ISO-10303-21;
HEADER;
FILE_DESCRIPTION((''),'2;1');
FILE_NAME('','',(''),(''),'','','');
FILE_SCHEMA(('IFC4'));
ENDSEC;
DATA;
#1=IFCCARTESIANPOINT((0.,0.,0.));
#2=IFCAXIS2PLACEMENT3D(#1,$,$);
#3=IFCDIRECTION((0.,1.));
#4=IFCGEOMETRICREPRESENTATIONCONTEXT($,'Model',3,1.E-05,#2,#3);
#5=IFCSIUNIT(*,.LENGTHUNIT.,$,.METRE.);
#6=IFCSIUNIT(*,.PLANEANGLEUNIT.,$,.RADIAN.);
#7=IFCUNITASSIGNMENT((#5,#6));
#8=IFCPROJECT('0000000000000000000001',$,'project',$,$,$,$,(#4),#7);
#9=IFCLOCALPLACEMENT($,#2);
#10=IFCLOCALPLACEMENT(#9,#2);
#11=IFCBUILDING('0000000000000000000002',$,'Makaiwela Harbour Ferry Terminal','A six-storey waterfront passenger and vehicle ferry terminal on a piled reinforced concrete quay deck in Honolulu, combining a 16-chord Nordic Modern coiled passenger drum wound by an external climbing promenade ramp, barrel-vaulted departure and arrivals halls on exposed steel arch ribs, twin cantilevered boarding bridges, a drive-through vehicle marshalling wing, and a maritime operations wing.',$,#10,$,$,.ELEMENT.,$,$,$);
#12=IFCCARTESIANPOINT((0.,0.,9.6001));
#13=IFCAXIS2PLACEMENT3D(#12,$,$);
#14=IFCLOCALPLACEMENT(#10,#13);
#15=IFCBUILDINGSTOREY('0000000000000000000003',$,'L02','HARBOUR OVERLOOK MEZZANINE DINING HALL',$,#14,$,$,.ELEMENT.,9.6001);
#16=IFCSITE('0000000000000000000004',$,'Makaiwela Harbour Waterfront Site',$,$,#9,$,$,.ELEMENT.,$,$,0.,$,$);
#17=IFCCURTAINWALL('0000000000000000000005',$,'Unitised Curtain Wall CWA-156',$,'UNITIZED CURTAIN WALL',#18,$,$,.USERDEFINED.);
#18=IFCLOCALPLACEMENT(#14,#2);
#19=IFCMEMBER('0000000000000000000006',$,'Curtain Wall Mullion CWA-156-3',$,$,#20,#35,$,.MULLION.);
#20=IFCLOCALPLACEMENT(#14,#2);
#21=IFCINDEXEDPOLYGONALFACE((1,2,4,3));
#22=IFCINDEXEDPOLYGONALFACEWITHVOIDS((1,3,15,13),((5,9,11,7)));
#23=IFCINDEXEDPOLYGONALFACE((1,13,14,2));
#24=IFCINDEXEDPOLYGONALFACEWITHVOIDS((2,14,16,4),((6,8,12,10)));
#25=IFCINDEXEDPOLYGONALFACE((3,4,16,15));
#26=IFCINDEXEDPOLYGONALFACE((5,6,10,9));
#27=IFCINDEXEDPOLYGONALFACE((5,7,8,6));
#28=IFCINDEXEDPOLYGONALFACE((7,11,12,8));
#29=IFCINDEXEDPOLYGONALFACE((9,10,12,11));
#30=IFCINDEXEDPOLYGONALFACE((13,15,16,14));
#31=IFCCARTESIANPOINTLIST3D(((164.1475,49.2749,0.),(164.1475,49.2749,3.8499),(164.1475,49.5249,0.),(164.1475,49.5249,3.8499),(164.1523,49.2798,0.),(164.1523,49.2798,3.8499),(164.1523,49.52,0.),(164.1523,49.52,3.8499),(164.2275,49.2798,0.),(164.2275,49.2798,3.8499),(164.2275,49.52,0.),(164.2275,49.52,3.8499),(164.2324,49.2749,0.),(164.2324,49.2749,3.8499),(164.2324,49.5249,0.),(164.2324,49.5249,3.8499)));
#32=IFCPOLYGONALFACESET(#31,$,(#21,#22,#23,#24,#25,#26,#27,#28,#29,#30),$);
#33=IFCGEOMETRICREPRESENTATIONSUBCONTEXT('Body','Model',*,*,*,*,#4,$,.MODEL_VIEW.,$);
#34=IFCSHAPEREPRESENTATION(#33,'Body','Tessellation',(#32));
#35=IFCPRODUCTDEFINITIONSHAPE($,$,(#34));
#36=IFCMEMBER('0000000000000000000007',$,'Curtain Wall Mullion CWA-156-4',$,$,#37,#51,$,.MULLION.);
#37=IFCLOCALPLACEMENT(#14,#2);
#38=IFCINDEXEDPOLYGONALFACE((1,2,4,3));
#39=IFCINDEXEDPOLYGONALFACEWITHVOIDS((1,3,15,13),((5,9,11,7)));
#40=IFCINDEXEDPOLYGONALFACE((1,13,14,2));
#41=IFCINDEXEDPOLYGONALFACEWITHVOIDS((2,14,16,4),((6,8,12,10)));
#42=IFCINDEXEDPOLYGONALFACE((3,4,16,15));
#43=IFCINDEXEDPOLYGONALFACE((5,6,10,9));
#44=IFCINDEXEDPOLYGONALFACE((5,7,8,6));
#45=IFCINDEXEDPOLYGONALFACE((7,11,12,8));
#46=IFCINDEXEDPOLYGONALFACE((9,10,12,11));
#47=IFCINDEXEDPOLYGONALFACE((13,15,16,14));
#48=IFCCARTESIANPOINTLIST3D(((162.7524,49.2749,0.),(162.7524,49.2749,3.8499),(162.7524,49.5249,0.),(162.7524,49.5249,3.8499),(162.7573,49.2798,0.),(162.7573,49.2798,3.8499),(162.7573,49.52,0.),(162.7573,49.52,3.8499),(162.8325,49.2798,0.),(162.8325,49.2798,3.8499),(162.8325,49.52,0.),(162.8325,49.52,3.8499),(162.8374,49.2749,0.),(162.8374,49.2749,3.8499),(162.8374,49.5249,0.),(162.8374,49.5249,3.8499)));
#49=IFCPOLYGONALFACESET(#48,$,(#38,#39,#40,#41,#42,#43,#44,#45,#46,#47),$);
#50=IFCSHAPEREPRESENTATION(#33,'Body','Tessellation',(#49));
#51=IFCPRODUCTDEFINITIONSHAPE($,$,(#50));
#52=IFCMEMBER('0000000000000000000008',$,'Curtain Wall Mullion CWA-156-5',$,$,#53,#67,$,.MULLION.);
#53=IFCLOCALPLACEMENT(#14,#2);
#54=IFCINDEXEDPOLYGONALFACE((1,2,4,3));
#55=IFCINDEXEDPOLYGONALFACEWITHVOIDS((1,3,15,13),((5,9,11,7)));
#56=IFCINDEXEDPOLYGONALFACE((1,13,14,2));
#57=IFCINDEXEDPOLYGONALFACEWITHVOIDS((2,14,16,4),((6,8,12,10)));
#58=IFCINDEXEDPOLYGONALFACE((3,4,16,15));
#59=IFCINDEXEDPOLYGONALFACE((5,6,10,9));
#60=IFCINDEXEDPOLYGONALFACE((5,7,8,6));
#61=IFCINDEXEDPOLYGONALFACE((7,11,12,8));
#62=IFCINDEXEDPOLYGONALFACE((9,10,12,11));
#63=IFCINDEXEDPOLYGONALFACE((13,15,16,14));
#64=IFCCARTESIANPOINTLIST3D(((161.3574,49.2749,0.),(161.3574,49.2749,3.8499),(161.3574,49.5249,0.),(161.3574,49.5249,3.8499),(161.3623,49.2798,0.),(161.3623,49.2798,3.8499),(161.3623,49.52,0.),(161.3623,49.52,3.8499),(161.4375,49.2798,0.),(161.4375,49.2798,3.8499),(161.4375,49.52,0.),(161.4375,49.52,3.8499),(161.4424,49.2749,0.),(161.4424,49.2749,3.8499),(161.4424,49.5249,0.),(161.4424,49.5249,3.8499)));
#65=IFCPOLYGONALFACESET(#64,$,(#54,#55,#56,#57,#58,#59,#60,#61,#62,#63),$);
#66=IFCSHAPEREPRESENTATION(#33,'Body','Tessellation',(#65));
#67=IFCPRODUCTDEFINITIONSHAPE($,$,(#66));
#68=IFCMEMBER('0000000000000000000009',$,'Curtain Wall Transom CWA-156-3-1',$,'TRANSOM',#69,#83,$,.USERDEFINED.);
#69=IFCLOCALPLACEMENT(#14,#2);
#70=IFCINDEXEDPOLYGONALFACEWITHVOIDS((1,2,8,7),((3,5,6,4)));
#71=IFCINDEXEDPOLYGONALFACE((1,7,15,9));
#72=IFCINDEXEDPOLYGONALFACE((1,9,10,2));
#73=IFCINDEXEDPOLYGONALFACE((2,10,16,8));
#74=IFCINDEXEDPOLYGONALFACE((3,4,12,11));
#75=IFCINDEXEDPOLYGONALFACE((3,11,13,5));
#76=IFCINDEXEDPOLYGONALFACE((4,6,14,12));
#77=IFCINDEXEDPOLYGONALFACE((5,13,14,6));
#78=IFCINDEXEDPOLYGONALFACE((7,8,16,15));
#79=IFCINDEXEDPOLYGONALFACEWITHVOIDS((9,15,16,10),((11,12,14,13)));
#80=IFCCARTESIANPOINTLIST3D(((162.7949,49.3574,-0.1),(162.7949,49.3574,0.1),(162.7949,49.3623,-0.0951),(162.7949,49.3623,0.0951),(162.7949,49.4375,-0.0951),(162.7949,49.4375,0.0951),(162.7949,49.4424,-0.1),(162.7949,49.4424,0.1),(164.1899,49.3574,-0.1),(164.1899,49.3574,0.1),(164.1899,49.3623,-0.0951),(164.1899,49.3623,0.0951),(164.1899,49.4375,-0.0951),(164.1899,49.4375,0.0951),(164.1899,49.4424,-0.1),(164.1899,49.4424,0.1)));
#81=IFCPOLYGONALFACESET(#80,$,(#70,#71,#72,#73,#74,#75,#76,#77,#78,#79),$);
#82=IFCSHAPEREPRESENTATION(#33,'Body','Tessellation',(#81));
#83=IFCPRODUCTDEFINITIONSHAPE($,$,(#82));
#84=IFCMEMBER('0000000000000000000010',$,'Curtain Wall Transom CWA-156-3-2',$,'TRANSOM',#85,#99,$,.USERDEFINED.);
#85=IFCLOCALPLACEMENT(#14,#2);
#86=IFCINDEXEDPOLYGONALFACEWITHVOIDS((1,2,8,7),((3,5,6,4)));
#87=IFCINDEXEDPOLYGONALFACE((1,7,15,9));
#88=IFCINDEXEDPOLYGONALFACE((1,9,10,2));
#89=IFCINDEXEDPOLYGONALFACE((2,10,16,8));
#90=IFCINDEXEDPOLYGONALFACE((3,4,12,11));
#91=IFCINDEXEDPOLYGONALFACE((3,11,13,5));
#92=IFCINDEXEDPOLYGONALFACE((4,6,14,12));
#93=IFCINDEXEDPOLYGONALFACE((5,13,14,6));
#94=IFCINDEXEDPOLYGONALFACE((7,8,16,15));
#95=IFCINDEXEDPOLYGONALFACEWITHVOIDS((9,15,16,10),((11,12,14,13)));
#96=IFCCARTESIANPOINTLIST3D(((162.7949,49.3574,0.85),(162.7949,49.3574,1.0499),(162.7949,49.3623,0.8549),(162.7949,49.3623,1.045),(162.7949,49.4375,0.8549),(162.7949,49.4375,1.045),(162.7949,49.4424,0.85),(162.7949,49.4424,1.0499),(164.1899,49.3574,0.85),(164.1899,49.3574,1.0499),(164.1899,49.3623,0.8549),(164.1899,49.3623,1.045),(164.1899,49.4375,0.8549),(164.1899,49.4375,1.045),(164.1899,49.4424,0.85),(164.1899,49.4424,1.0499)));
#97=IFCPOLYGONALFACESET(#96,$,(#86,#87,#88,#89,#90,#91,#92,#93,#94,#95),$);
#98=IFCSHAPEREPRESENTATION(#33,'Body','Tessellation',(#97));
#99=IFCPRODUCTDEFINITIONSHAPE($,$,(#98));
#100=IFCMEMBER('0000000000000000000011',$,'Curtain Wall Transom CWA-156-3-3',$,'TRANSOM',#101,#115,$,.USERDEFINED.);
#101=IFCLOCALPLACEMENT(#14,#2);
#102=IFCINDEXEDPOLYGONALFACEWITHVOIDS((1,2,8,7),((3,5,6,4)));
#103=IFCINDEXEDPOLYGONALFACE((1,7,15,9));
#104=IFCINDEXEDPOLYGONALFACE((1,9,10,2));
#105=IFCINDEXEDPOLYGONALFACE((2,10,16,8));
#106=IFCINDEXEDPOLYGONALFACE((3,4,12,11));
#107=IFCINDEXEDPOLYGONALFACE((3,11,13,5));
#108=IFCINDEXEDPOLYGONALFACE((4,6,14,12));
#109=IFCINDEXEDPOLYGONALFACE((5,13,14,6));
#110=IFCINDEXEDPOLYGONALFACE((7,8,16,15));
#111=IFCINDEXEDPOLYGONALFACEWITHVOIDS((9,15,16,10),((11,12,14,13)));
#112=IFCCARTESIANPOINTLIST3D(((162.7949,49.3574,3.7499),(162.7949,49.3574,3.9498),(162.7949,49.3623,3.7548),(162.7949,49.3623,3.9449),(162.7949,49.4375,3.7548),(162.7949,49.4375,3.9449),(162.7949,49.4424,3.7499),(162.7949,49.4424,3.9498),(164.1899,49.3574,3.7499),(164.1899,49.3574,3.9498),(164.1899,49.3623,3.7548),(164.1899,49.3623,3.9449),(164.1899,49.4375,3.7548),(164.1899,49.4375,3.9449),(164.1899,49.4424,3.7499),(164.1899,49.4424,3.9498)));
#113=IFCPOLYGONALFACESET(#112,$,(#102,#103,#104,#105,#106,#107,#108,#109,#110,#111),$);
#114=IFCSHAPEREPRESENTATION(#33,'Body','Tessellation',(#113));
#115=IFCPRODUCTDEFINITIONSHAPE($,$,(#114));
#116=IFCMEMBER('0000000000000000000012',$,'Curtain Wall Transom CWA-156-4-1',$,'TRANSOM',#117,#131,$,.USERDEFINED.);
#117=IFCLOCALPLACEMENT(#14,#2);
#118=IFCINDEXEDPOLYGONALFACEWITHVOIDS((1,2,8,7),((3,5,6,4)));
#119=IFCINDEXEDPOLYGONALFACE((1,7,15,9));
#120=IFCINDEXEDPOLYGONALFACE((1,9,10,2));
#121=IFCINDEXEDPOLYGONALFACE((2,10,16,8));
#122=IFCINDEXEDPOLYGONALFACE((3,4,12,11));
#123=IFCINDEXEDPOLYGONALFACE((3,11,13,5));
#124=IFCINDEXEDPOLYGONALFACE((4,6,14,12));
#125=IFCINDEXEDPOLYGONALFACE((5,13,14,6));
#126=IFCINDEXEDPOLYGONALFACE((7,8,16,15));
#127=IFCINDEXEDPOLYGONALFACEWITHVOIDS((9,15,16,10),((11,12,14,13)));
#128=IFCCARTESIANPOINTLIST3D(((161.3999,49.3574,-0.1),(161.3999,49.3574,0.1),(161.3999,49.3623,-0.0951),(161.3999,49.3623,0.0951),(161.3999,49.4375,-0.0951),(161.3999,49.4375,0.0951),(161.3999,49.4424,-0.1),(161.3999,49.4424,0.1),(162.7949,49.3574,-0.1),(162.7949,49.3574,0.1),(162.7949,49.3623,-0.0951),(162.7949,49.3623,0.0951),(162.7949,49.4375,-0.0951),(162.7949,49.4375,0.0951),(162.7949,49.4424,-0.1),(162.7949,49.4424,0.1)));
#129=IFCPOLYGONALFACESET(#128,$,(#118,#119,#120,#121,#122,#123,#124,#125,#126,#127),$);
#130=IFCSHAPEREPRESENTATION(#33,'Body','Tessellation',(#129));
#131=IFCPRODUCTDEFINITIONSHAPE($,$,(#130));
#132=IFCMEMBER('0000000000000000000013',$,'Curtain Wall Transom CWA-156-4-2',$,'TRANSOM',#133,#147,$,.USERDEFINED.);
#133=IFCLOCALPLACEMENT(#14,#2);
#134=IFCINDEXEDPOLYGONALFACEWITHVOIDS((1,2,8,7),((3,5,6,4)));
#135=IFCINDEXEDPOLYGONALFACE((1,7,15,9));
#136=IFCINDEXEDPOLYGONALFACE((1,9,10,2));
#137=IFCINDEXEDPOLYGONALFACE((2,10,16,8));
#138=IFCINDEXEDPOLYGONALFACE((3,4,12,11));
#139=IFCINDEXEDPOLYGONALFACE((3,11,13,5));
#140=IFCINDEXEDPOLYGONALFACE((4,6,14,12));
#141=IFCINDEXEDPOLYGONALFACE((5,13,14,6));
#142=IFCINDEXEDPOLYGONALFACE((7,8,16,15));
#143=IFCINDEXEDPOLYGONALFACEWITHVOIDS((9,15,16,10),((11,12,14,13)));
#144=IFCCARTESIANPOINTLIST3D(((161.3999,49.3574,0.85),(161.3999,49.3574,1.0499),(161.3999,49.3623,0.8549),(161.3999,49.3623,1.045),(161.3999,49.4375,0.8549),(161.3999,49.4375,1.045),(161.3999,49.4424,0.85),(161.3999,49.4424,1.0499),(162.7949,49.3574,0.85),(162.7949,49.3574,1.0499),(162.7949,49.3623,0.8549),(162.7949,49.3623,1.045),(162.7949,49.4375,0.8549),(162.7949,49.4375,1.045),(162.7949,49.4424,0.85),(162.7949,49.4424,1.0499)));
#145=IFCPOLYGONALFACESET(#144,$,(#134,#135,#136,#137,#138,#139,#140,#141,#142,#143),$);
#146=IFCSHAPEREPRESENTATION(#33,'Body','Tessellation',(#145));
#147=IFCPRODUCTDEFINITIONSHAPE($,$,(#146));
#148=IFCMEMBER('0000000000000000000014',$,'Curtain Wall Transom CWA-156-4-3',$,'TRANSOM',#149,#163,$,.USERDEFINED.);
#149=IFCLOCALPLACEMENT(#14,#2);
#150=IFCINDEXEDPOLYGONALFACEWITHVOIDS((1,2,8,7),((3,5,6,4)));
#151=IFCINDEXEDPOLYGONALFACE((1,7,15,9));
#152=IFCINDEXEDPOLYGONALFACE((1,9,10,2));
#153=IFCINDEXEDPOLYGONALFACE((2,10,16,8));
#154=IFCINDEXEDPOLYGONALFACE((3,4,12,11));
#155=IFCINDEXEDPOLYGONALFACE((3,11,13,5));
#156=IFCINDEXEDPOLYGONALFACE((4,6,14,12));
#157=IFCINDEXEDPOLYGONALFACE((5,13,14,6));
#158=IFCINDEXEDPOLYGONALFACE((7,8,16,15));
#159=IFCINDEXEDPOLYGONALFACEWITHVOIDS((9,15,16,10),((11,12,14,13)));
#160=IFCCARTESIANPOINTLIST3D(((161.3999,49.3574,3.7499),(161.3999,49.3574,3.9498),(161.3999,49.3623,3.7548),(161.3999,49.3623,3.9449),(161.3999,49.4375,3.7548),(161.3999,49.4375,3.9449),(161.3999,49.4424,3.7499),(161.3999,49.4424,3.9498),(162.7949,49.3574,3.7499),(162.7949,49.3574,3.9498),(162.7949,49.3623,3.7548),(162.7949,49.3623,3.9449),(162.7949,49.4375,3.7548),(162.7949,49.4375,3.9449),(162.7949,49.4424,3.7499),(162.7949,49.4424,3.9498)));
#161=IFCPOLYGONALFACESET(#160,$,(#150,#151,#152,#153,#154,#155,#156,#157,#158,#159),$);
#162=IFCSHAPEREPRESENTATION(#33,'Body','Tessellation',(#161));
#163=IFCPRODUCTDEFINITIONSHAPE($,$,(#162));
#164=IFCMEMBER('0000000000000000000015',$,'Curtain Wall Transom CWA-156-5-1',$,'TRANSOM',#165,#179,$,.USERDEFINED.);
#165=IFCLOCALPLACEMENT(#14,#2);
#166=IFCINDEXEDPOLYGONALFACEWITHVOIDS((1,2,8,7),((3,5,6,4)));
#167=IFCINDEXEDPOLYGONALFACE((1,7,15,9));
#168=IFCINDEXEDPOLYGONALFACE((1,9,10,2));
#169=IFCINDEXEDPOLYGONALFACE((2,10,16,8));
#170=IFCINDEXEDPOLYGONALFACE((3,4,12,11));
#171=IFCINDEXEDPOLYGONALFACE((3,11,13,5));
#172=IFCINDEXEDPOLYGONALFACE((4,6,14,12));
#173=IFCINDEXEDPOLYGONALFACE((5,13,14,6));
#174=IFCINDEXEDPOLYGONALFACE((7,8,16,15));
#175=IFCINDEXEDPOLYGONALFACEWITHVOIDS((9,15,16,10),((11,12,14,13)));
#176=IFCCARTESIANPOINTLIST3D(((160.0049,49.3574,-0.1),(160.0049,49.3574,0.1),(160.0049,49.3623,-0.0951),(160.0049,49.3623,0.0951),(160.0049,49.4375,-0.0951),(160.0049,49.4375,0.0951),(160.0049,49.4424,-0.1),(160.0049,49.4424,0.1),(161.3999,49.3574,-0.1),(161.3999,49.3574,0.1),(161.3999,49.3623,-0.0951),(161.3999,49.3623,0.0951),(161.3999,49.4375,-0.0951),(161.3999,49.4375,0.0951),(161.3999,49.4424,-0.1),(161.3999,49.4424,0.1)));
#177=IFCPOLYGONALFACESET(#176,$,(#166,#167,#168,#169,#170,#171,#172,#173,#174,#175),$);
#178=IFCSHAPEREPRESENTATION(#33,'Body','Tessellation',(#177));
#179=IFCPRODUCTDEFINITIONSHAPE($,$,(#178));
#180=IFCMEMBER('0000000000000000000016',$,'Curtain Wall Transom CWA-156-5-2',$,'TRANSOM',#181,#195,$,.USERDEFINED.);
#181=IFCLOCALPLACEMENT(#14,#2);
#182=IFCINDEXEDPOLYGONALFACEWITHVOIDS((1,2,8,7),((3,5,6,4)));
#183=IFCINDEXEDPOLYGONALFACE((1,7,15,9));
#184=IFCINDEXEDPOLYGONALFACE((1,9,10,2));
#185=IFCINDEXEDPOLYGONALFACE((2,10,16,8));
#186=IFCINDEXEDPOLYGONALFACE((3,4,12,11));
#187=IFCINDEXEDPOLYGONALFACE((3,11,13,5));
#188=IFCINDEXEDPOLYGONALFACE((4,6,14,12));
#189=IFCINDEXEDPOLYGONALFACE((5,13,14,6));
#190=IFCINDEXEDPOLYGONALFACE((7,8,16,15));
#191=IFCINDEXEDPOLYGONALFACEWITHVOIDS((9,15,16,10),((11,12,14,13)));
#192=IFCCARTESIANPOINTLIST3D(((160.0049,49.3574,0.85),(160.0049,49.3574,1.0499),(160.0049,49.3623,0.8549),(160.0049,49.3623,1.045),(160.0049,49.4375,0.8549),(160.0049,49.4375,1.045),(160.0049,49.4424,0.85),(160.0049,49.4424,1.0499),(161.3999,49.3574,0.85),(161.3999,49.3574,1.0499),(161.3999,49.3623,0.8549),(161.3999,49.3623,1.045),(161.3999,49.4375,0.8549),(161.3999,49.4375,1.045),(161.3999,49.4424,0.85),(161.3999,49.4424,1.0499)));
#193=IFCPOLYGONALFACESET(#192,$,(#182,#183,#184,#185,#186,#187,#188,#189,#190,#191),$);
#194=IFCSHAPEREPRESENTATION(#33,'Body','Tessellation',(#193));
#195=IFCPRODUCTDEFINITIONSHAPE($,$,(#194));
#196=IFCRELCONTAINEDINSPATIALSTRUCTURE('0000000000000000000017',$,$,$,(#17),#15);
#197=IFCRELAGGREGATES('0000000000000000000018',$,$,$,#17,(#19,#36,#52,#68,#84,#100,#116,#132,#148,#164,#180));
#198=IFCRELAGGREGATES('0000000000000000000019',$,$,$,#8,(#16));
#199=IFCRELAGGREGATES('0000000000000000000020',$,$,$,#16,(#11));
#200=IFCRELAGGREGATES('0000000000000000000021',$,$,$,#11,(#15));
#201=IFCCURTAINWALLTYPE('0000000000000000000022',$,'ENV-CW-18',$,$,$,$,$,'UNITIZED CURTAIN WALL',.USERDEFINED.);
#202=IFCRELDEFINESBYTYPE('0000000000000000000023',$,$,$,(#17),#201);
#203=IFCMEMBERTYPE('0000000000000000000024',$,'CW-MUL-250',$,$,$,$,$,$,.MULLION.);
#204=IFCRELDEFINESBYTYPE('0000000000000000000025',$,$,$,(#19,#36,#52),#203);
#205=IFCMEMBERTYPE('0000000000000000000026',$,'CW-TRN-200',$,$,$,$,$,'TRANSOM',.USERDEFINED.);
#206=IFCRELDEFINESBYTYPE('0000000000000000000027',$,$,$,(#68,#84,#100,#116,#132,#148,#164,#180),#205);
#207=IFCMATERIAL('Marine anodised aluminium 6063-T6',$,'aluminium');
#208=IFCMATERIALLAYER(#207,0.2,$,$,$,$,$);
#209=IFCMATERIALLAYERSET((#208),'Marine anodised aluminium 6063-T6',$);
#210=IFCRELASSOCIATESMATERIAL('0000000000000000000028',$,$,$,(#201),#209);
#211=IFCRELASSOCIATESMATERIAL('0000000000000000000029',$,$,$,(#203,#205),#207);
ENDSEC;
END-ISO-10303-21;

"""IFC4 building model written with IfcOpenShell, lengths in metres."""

from ifc_helpers import new_model, si_unit, direction, frame, origin, origin_2d, place, context, subcontext, project, spatial, hollow_rectangle, extrude, material, layer, layer_set, material_profile, profile_set, type_object, element, aggregate, save


model = new_model("IFC4")

# Units and contexts
model_context = context("Model", 3, precision=1e-05, world=origin(), true_north=direction((0.0, 1.0)))
body_context = subcontext(model_context, "Body", "Model", "MODEL_VIEW")
ifc_project = project(units=[si_unit("LENGTHUNIT", "METRE"), si_unit("PLANEANGLEUNIT", "RADIAN")], contexts=[model_context])

# Site, building, storey
site_placement = place(None, origin())
site = spatial("IfcSite", under=ifc_project, at=site_placement, Name="Makaiwela Harbour Waterfront Site", CompositionType="ELEMENT", RefElevation=0.0)
building_placement = place(site_placement, origin())
building = spatial("IfcBuilding", under=site, at=building_placement, Name="Makaiwela Harbour Ferry Terminal", Description="A six-storey waterfront passenger and vehicle ferry terminal on a piled reinforced concrete quay deck in Honolulu, combining a 16-chord Nordic Modern coiled passenger drum wound by an external climbing promenade ramp, barrel-vaulted departure and arrivals halls on exposed steel arch ribs, twin cantilevered boarding bridges, a drive-through vehicle marshalling wing, and a maritime operations wing.", CompositionType="ELEMENT")
storey_placement = place(building_placement, frame((0.0, 0.0, 9.6001)))
storey = spatial("IfcBuildingStorey", under=building, at=storey_placement, Name="L02", Description="HARBOUR OVERLOOK MEZZANINE DINING HALL", CompositionType="ELEMENT", Elevation=9.6001)

# Curtain wall, members
ifc_material_1 = material(Name="Marine anodised aluminium 6063-T6", Category="aluminium")
ifc_layer_1 = layer(ifc_material_1, 0.2)
ifc_layer_set_1 = layer_set([ifc_layer_1], Name="Marine anodised aluminium 6063-T6")
curtain_wall_type = type_object("IfcCurtainWallType", Name="ENV-CW-18", ElementType="UNITIZED CURTAIN WALL", PredefinedType="USERDEFINED", material=ifc_layer_set_1)
curtain_wall_placement = place(storey_placement, origin())
curtain_wall = element("IfcCurtainWall", 1, at=curtain_wall_placement, inside=storey, type_object=curtain_wall_type, Name="Unitised Curtain Wall CWA-156", ObjectType="UNITIZED CURTAIN WALL", PredefinedType="USERDEFINED")
ifc_material_profile_1 = material_profile(ifc_material_1, hollow_rectangle(XDim=0.085, YDim=0.25, WallThickness=0.0049, at=origin_2d()), Name="CWM-250X85")
ifc_profile_set_1 = profile_set([ifc_material_profile_1], Name="Marine anodised aluminium 6063-T6")
member_type_1 = type_object("IfcMemberType", Name="CW-MUL-250", PredefinedType="MULLION", material=ifc_profile_set_1)
member_1_placement = place(storey_placement, frame((164.1899, 49.3999, 0.0), z_axis=(0.0, 0.0, 1.0), x_axis=(1.0, 0.0, 0.0)))
member_1 = element("IfcMember", 2, at=member_1_placement, type_object=member_type_1, Name="Curtain Wall Mullion CWA-156-3", PredefinedType="MULLION", context=body_context, shape_type="SweptSolid", body=[
    extrude(hollow_rectangle(XDim=0.085, YDim=0.25, WallThickness=0.0049, at=origin_2d()), origin(), (0.0, 0.0, 1.0), 3.8499),
])
member_2_placement = place(storey_placement, frame((162.7949, 49.3999, 0.0), z_axis=(0.0, 0.0, 1.0), x_axis=(1.0, 0.0, 0.0)))
member_2 = element("IfcMember", 3, at=member_2_placement, type_object=member_type_1, Name="Curtain Wall Mullion CWA-156-4", PredefinedType="MULLION", context=body_context, shape_type="SweptSolid", body=[
    extrude(hollow_rectangle(XDim=0.085, YDim=0.25, WallThickness=0.0049, at=origin_2d()), origin(), (0.0, 0.0, 1.0), 3.8499),
])
member_3_placement = place(storey_placement, frame((161.3999, 49.3999, 0.0), z_axis=(0.0, 0.0, 1.0), x_axis=(1.0, 0.0, 0.0)))
member_3 = element("IfcMember", 4, at=member_3_placement, type_object=member_type_1, Name="Curtain Wall Mullion CWA-156-5", PredefinedType="MULLION", context=body_context, shape_type="SweptSolid", body=[
    extrude(hollow_rectangle(XDim=0.085, YDim=0.25, WallThickness=0.0049, at=origin_2d()), origin(), (0.0, 0.0, 1.0), 3.8499),
])
ifc_material_profile_2 = material_profile(ifc_material_1, hollow_rectangle(XDim=0.085, YDim=0.2, WallThickness=0.0049, at=origin_2d()), Name="CWT-200X85")
ifc_profile_set_2 = profile_set([ifc_material_profile_2], Name="Marine anodised aluminium 6063-T6")
member_type_2 = type_object("IfcMemberType", Name="CW-TRN-200", ElementType="TRANSOM", PredefinedType="USERDEFINED", material=ifc_profile_set_2)
member_4_placement = place(storey_placement, frame((164.1899, 49.3999, 0.0), z_axis=(-1.0, 0.0, 0.0), x_axis=(0.0, -1.0, 0.0)))
member_4 = element("IfcMember", 5, at=member_4_placement, type_object=member_type_2, Name="Curtain Wall Transom CWA-156-3-1", ObjectType="TRANSOM", PredefinedType="USERDEFINED", context=body_context, shape_type="SweptSolid", body=[
    extrude(hollow_rectangle(XDim=0.085, YDim=0.2, WallThickness=0.0049, at=origin_2d()), origin(), (0.0, 0.0, 1.0), 1.395),
])
member_5_placement = place(storey_placement, frame((164.1899, 49.3999, 0.95), z_axis=(-1.0, 0.0, 0.0), x_axis=(0.0, -1.0, 0.0)))
member_5 = element("IfcMember", 6, at=member_5_placement, type_object=member_type_2, Name="Curtain Wall Transom CWA-156-3-2", ObjectType="TRANSOM", PredefinedType="USERDEFINED", context=body_context, shape_type="SweptSolid", body=[
    extrude(hollow_rectangle(XDim=0.085, YDim=0.2, WallThickness=0.0049, at=origin_2d()), origin(), (0.0, 0.0, 1.0), 1.395),
])
member_6_placement = place(storey_placement, frame((164.1899, 49.3999, 3.8499), z_axis=(-1.0, 0.0, 0.0), x_axis=(0.0, -1.0, 0.0)))
member_6 = element("IfcMember", 7, at=member_6_placement, type_object=member_type_2, Name="Curtain Wall Transom CWA-156-3-3", ObjectType="TRANSOM", PredefinedType="USERDEFINED", context=body_context, shape_type="SweptSolid", body=[
    extrude(hollow_rectangle(XDim=0.085, YDim=0.2, WallThickness=0.0049, at=origin_2d()), origin(), (0.0, 0.0, 1.0), 1.395),
])
member_7_placement = place(storey_placement, frame((162.7949, 49.3999, 0.0), z_axis=(-1.0, 0.0, 0.0), x_axis=(0.0, -1.0, 0.0)))
member_7 = element("IfcMember", 8, at=member_7_placement, type_object=member_type_2, Name="Curtain Wall Transom CWA-156-4-1", ObjectType="TRANSOM", PredefinedType="USERDEFINED", context=body_context, shape_type="SweptSolid", body=[
    extrude(hollow_rectangle(XDim=0.085, YDim=0.2, WallThickness=0.0049, at=origin_2d()), origin(), (0.0, 0.0, 1.0), 1.395),
])
member_8_placement = place(storey_placement, frame((162.7949, 49.3999, 0.95), z_axis=(-1.0, 0.0, 0.0), x_axis=(0.0, -1.0, 0.0)))
member_8 = element("IfcMember", 9, at=member_8_placement, type_object=member_type_2, Name="Curtain Wall Transom CWA-156-4-2", ObjectType="TRANSOM", PredefinedType="USERDEFINED", context=body_context, shape_type="SweptSolid", body=[
    extrude(hollow_rectangle(XDim=0.085, YDim=0.2, WallThickness=0.0049, at=origin_2d()), origin(), (0.0, 0.0, 1.0), 1.395),
])
member_9_placement = place(storey_placement, frame((162.7949, 49.3999, 3.8499), z_axis=(-1.0, 0.0, 0.0), x_axis=(0.0, -1.0, 0.0)))
member_9 = element("IfcMember", 10, at=member_9_placement, type_object=member_type_2, Name="Curtain Wall Transom CWA-156-4-3", ObjectType="TRANSOM", PredefinedType="USERDEFINED", context=body_context, shape_type="SweptSolid", body=[
    extrude(hollow_rectangle(XDim=0.085, YDim=0.2, WallThickness=0.0049, at=origin_2d()), origin(), (0.0, 0.0, 1.0), 1.395),
])
member_10_placement = place(storey_placement, frame((161.3999, 49.3999, 0.0), z_axis=(-1.0, 0.0, 0.0), x_axis=(0.0, -1.0, 0.0)))
member_10 = element("IfcMember", 11, at=member_10_placement, type_object=member_type_2, Name="Curtain Wall Transom CWA-156-5-1", ObjectType="TRANSOM", PredefinedType="USERDEFINED", context=body_context, shape_type="SweptSolid", body=[
    extrude(hollow_rectangle(XDim=0.085, YDim=0.2, WallThickness=0.0049, at=origin_2d()), origin(), (0.0, 0.0, 1.0), 1.395),
])
member_11_placement = place(storey_placement, frame((161.3999, 49.3999, 0.95), z_axis=(-1.0, 0.0, 0.0), x_axis=(0.0, -1.0, 0.0)))
member_11 = element("IfcMember", 12, at=member_11_placement, type_object=member_type_2, Name="Curtain Wall Transom CWA-156-5-2", ObjectType="TRANSOM", PredefinedType="USERDEFINED", context=body_context, shape_type="SweptSolid", body=[
    extrude(hollow_rectangle(XDim=0.085, YDim=0.2, WallThickness=0.0049, at=origin_2d()), origin(), (0.0, 0.0, 1.0), 1.395),
])
aggregate(curtain_wall, [member_1, member_2, member_3, member_4, member_5, member_6, member_7, member_8, member_9, member_10, member_11])

save(model, "model.ifc")
